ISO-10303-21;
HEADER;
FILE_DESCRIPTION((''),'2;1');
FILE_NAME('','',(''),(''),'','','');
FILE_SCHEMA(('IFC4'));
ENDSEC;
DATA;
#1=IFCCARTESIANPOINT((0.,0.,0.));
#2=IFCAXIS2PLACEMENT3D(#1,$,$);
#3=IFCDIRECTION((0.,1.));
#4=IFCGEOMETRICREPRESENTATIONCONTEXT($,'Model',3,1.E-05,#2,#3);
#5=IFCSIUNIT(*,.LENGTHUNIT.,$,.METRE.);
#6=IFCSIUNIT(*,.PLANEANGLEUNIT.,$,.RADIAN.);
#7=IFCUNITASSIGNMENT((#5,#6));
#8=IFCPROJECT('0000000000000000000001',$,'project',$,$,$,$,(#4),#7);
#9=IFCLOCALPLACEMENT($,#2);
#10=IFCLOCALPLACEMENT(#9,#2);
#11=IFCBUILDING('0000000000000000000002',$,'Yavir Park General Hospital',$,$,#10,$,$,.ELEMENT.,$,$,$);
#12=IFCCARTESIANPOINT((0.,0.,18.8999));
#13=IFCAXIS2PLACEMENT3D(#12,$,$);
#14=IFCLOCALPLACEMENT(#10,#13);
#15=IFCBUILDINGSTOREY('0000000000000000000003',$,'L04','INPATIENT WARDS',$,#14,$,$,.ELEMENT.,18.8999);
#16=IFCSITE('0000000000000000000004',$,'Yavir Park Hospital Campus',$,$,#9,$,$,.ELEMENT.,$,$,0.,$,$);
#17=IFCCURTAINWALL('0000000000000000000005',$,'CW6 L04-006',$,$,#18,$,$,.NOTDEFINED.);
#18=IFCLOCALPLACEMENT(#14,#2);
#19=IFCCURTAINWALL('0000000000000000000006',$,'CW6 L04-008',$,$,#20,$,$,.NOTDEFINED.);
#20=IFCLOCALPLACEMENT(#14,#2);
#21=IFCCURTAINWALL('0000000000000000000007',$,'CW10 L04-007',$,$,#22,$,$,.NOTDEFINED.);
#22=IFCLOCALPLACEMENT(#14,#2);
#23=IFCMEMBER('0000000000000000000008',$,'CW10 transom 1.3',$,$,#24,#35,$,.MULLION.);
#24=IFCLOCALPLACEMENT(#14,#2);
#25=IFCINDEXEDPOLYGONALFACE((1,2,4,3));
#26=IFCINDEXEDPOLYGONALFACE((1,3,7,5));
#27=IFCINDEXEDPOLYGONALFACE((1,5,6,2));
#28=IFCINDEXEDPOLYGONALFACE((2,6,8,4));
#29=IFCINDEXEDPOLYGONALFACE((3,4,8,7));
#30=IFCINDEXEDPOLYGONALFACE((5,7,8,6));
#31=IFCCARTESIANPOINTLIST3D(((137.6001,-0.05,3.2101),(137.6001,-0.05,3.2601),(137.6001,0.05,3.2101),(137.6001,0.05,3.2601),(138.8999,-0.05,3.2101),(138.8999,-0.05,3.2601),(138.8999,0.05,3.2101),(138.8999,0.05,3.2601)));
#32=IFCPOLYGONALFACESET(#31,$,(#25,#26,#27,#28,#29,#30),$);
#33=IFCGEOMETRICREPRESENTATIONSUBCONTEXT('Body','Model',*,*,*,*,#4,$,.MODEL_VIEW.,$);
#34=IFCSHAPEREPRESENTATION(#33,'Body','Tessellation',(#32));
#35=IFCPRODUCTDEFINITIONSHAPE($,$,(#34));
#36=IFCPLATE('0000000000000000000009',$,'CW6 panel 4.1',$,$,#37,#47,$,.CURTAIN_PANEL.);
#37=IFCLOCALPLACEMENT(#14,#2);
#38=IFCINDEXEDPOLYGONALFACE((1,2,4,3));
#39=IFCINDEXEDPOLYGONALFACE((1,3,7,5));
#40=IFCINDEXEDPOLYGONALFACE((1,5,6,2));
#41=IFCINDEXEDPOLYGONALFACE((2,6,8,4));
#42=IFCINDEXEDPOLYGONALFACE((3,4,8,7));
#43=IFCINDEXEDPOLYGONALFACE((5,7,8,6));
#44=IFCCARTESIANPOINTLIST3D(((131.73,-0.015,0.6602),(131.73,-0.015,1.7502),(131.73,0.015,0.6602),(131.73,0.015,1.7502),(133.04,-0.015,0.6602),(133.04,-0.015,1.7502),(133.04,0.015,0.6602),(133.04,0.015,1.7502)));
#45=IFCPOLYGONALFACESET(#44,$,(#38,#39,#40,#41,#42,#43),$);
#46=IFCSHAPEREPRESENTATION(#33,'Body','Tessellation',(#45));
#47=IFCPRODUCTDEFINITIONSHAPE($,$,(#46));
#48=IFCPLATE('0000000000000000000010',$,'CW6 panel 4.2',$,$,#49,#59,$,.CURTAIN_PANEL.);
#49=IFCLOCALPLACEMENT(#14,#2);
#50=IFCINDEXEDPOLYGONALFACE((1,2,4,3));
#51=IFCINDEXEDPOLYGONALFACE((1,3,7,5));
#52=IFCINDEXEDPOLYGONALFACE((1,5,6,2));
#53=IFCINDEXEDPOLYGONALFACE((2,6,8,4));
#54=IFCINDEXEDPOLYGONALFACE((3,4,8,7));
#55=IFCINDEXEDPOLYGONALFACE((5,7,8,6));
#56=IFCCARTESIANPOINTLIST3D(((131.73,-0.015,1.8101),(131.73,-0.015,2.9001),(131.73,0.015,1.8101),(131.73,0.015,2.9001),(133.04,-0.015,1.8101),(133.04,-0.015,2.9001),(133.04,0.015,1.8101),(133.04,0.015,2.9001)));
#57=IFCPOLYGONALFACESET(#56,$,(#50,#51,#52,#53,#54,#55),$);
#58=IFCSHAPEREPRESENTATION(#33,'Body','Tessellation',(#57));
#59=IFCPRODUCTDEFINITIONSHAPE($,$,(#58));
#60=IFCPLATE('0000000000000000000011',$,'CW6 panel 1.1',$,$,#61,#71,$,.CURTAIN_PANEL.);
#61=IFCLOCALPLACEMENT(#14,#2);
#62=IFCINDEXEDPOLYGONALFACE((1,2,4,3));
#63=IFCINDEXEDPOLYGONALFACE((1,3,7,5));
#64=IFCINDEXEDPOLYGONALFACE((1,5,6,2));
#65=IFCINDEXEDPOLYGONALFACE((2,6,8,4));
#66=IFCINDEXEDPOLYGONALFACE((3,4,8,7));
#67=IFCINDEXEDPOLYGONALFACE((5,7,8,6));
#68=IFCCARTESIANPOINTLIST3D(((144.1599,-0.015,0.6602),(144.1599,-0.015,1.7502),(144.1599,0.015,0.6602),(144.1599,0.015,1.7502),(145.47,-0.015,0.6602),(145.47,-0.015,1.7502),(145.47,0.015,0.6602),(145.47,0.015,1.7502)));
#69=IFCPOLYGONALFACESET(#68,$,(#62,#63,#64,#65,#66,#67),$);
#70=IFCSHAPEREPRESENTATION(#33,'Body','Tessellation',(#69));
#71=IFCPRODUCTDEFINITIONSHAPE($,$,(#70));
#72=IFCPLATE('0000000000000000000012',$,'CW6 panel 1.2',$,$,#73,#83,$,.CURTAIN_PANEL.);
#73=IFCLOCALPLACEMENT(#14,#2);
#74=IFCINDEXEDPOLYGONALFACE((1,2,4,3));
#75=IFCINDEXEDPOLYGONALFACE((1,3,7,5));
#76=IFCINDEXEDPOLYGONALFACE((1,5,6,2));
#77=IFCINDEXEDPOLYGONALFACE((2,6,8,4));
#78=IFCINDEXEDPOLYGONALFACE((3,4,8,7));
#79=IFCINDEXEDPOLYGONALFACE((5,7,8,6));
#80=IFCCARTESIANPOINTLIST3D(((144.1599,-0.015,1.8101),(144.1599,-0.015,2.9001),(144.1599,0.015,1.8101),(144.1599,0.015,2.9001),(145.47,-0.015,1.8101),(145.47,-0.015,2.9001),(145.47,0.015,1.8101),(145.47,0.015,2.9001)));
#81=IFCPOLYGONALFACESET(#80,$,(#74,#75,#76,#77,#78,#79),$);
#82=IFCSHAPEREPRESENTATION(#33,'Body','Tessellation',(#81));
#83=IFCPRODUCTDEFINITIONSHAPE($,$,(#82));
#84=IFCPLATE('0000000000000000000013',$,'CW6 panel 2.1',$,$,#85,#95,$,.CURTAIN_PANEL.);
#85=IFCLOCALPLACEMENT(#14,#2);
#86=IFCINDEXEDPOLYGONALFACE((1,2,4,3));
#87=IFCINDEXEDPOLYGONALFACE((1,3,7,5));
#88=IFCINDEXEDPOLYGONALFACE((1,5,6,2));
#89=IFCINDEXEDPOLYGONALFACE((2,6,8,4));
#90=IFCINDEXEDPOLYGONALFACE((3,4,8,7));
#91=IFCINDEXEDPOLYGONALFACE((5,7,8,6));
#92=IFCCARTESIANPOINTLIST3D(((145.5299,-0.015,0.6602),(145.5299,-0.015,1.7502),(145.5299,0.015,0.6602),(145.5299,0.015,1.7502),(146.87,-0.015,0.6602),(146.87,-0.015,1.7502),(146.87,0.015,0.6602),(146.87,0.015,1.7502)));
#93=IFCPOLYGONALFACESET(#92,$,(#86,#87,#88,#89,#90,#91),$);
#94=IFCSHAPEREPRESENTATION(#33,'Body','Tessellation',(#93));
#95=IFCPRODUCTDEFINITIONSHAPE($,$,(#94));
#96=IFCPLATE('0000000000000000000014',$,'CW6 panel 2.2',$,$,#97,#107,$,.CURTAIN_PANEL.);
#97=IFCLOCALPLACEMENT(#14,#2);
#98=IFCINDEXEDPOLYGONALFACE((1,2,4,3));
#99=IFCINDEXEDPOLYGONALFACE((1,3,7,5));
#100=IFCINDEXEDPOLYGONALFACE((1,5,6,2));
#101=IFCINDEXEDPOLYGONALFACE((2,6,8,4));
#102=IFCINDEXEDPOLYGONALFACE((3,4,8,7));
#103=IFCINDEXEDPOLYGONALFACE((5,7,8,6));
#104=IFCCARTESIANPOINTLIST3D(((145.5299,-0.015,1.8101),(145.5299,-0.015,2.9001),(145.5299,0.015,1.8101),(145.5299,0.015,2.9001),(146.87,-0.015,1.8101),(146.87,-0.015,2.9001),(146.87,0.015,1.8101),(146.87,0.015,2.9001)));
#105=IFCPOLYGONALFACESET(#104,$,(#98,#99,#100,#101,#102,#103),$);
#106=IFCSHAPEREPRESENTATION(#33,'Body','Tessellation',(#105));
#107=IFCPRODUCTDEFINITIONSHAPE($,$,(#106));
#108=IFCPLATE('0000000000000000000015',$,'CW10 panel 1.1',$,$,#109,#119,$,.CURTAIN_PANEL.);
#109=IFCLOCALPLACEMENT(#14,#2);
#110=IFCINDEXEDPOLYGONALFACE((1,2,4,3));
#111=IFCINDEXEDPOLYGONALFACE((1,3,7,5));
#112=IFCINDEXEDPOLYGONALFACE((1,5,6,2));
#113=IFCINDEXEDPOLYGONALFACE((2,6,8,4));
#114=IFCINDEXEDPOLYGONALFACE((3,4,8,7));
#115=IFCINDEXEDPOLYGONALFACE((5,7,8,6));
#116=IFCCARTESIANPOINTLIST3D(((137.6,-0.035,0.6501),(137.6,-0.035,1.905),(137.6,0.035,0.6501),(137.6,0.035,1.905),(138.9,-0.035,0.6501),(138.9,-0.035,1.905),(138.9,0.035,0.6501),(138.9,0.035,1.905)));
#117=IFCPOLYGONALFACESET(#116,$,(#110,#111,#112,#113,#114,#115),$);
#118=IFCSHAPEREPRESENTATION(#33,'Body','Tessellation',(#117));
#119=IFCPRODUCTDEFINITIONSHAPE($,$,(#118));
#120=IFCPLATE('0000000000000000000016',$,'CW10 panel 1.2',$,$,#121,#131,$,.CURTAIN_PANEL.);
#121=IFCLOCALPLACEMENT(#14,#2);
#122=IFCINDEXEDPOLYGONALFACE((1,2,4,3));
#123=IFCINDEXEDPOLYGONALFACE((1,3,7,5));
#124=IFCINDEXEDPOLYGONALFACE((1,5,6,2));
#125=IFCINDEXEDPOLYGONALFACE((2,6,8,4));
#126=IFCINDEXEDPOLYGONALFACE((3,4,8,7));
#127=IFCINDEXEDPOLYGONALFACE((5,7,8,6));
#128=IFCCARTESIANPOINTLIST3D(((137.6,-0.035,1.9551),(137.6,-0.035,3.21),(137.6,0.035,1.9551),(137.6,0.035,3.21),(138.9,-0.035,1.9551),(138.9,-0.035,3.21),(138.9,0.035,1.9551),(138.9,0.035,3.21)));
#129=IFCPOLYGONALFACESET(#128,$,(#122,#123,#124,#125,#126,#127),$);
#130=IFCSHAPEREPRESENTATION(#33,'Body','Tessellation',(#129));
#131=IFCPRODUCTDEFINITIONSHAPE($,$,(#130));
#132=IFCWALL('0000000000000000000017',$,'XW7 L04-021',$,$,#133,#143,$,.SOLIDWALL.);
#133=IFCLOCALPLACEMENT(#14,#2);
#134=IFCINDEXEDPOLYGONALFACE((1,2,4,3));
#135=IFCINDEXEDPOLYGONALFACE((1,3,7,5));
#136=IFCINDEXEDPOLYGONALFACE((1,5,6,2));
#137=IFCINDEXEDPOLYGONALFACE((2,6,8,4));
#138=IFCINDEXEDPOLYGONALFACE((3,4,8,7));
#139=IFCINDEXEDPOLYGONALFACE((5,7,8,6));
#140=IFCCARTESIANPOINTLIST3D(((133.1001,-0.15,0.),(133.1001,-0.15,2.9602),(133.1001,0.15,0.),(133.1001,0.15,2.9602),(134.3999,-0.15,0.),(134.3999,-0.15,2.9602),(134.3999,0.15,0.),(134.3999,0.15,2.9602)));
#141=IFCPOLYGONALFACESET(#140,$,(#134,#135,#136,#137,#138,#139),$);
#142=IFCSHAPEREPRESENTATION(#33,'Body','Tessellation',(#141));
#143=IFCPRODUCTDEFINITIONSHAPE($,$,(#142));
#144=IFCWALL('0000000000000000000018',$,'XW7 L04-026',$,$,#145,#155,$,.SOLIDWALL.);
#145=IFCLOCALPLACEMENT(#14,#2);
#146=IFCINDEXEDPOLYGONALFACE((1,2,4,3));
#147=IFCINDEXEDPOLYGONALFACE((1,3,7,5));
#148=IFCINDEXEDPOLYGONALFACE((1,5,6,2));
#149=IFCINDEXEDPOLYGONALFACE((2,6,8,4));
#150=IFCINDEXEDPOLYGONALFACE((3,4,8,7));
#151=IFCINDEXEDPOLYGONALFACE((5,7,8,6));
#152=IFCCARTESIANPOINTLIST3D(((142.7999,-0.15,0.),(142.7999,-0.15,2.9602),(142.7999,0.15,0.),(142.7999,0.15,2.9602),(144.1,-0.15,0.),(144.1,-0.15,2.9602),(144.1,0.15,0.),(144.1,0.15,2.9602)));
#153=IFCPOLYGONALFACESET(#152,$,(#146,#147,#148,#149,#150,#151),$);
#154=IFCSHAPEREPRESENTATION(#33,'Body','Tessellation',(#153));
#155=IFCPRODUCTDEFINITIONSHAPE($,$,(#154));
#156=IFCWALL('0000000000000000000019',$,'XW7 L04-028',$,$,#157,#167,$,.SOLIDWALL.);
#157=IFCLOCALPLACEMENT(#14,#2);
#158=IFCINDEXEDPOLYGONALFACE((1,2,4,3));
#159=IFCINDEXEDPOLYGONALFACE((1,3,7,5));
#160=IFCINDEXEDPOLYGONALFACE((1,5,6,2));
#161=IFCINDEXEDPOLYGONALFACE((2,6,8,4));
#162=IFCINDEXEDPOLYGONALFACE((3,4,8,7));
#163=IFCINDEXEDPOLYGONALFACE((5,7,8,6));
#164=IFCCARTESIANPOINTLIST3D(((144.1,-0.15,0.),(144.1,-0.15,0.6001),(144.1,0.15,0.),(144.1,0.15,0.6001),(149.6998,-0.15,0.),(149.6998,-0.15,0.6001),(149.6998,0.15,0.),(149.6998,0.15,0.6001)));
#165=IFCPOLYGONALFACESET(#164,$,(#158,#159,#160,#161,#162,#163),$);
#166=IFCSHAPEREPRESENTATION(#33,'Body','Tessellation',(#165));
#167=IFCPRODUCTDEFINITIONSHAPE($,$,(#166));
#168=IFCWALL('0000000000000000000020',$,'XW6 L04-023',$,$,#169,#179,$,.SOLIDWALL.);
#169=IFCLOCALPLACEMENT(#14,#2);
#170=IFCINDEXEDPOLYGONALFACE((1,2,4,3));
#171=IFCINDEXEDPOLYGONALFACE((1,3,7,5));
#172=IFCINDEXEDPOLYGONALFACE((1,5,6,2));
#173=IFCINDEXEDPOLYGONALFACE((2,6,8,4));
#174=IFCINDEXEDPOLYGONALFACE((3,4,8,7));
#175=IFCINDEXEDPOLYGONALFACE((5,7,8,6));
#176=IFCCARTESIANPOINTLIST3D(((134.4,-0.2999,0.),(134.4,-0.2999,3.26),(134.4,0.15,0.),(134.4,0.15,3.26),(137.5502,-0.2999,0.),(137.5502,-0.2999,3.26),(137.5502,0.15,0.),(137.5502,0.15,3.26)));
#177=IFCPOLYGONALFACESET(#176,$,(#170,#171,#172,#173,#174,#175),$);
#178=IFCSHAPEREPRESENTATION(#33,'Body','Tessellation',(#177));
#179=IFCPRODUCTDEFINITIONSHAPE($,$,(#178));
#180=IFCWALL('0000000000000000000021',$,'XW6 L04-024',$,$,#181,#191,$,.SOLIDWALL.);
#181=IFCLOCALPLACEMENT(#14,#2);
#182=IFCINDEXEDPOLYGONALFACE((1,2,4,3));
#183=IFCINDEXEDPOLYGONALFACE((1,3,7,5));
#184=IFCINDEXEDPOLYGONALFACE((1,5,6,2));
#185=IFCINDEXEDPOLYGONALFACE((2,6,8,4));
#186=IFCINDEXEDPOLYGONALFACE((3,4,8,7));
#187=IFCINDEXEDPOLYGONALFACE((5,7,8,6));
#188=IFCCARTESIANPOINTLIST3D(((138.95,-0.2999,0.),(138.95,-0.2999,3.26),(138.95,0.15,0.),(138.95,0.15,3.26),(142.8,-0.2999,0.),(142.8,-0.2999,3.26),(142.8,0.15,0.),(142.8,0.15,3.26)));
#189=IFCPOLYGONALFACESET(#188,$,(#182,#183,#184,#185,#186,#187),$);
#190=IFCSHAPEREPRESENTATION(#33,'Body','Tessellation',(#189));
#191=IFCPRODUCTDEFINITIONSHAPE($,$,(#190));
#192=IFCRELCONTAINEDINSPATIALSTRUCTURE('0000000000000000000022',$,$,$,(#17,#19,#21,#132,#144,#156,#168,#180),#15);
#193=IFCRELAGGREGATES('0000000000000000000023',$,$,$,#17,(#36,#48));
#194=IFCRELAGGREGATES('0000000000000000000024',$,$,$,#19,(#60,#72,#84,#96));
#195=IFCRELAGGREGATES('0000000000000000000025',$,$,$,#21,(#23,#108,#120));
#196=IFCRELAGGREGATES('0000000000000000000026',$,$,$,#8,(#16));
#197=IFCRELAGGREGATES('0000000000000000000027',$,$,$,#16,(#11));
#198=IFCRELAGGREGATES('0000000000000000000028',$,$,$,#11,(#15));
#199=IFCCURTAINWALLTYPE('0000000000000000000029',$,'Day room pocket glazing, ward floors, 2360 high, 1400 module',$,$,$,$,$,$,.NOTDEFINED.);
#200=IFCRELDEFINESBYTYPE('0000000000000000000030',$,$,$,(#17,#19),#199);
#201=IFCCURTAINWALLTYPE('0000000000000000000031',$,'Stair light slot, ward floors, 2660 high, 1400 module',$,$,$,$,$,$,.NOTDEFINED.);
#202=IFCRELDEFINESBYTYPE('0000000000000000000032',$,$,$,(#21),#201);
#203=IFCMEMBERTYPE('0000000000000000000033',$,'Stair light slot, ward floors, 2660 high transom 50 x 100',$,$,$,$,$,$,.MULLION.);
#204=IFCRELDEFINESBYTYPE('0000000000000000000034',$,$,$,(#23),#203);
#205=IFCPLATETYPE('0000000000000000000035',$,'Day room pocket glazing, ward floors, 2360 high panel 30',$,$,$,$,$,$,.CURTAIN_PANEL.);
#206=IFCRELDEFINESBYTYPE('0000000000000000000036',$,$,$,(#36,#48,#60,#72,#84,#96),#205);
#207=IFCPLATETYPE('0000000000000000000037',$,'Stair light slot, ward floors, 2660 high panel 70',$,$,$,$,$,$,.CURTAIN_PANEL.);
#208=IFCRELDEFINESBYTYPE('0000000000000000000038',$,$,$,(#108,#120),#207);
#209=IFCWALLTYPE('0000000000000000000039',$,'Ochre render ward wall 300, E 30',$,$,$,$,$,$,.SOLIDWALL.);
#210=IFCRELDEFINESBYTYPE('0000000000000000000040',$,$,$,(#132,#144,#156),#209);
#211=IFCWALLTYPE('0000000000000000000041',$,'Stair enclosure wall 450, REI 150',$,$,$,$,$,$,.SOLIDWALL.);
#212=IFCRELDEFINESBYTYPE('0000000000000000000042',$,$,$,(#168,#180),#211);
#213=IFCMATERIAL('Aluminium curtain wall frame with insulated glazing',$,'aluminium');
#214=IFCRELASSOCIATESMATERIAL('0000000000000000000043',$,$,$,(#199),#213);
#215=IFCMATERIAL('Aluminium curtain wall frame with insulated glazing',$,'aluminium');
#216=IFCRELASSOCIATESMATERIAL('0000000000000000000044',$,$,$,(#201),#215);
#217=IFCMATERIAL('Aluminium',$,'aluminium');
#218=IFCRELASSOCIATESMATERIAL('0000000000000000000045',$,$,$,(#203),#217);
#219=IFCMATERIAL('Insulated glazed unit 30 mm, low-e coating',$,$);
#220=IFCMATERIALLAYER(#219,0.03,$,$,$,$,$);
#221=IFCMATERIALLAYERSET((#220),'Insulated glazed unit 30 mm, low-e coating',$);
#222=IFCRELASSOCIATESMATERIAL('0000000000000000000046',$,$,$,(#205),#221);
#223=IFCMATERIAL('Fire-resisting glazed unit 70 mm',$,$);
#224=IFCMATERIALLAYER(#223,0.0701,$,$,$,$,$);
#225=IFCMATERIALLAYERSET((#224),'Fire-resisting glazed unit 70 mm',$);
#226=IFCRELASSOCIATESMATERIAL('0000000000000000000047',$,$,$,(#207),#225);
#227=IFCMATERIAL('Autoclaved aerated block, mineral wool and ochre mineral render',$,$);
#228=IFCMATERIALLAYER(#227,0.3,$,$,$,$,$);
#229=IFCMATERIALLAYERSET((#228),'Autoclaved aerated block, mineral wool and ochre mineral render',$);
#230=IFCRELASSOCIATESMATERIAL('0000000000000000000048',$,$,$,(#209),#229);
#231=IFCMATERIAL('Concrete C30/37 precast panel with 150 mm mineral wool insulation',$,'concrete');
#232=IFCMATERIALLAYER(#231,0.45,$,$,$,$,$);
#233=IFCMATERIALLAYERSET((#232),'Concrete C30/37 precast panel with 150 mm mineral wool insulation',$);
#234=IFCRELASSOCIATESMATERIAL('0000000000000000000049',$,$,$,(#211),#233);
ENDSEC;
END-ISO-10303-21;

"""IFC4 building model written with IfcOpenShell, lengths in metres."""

from ifc_helpers import new_model, si_unit, direction, frame, frame_2d, origin, origin_2d, place, context, subcontext, project, spatial, rectangle, extrude, material, layer, layer_set, material_profile, profile_set, type_object, element, aggregate, save


model = new_model("IFC4")

# Units and contexts
model_context = context("Model", 3, precision=1e-05, world=origin(), true_north=direction((0.0, 1.0)))
body_context = subcontext(model_context, "Body", "Model", "MODEL_VIEW")
ifc_project = project(units=[si_unit("LENGTHUNIT", "METRE"), si_unit("PLANEANGLEUNIT", "RADIAN")], contexts=[model_context])

# Site, building, storey
site_placement = place(None, origin())
site = spatial("IfcSite", under=ifc_project, at=site_placement, Name="Yavir Park Hospital Campus", CompositionType="ELEMENT", RefElevation=0.0)
building_placement = place(site_placement, origin())
building = spatial("IfcBuilding", under=site, at=building_placement, Name="Yavir Park General Hospital", CompositionType="ELEMENT")
storey_placement = place(building_placement, frame((0.0, 0.0, 18.8999)))
storey = spatial("IfcBuildingStorey", under=building, at=storey_placement, Name="L04", Description="INPATIENT WARDS", CompositionType="ELEMENT", Elevation=18.8999)

# Curtain wall
ifc_material_1 = material(Name="Aluminium curtain wall frame with insulated glazing", Category="aluminium")
curtain_wall_type_1 = type_object("IfcCurtainWallType", Name="Day room pocket glazing, ward floors, 2360 high, 1400 module", PredefinedType="NOTDEFINED", material=ifc_material_1)
curtain_wall_1_placement = place(storey_placement, origin())
curtain_wall_1 = element("IfcCurtainWall", 1, at=curtain_wall_1_placement, inside=storey, type_object=curtain_wall_type_1, Name="CW6 L04-006", PredefinedType="NOTDEFINED")

# Curtain wall
curtain_wall_2_placement = place(storey_placement, origin())
curtain_wall_2 = element("IfcCurtainWall", 2, at=curtain_wall_2_placement, inside=storey, type_object=curtain_wall_type_1, Name="CW6 L04-008", PredefinedType="NOTDEFINED")

# Curtain wall, member
ifc_material_2 = material(Name="Aluminium curtain wall frame with insulated glazing", Category="aluminium")
curtain_wall_type_2 = type_object("IfcCurtainWallType", Name="Stair light slot, ward floors, 2660 high, 1400 module", PredefinedType="NOTDEFINED", material=ifc_material_2)
curtain_wall_3_placement = place(storey_placement, origin())
curtain_wall_3 = element("IfcCurtainWall", 3, at=curtain_wall_3_placement, inside=storey, type_object=curtain_wall_type_2, Name="CW10 L04-007", PredefinedType="NOTDEFINED")
ifc_material_3 = material(Name="Aluminium", Category="aluminium")
ifc_material_profile_1 = material_profile(ifc_material_3, rectangle(XDim=0.1001, YDim=0.05, at=origin_2d()), Name="AL 100x50")
ifc_profile_set_1 = profile_set([ifc_material_profile_1], Name="Aluminium")
member_type_1 = type_object("IfcMemberType", Name="Stair light slot, ward floors, 2660 high transom 50 x 100", PredefinedType="MULLION", material=ifc_profile_set_1)
member_1_placement = place(storey_placement, frame((137.6001, 0.0, 3.2351), z_axis=(1.0, 0.0, 0.0), x_axis=(0.0, 1.0, 0.0)))
member_1 = element("IfcMember", 4, at=member_1_placement, type_object=member_type_1, Name="CW10 transom 1.3", PredefinedType="MULLION", context=body_context, shape_type="SweptSolid", body=[
    extrude(rectangle(XDim=0.1001, YDim=0.05, at=origin_2d()), origin(), (0.0, 0.0, 1.0), 1.2998),
])

# Plates
ifc_material_4 = material(Name="Insulated glazed unit 30 mm, low-e coating")
ifc_layer_1 = layer(ifc_material_4, 0.03)
ifc_layer_set_1 = layer_set([ifc_layer_1], Name="Insulated glazed unit 30 mm, low-e coating")
plate_type_1 = type_object("IfcPlateType", Name="Day room pocket glazing, ward floors, 2360 high panel 30", PredefinedType="CURTAIN_PANEL", material=ifc_layer_set_1)
plate_1_placement = place(storey_placement, frame((132.385, 0.0, 0.6602), z_axis=(0.0, 0.0, 1.0), x_axis=(1.0, 0.0, 0.0)))
plate_1 = element("IfcPlate", 5, at=plate_1_placement, type_object=plate_type_1, Name="CW6 panel 4.1", PredefinedType="CURTAIN_PANEL", context=body_context, shape_type="SweptSolid", body=[
    extrude(rectangle(XDim=1.3101, YDim=0.03, at=origin_2d()), origin(), (0.0, 0.0, 1.0), 1.0901),
])
plate_2_placement = place(storey_placement, frame((132.385, 0.0, 1.8101), z_axis=(0.0, 0.0, 1.0), x_axis=(1.0, 0.0, 0.0)))
plate_2 = element("IfcPlate", 6, at=plate_2_placement, type_object=plate_type_1, Name="CW6 panel 4.2", PredefinedType="CURTAIN_PANEL", context=body_context, shape_type="SweptSolid", body=[
    extrude(rectangle(XDim=1.3101, YDim=0.03, at=origin_2d()), origin(), (0.0, 0.0, 1.0), 1.0901),
])
aggregate(curtain_wall_1, [plate_1, plate_2])
plate_3_placement = place(storey_placement, frame((144.8149, 0.0, 0.6602), z_axis=(0.0, 0.0, 1.0), x_axis=(1.0, 0.0, 0.0)))
plate_3 = element("IfcPlate", 7, at=plate_3_placement, type_object=plate_type_1, Name="CW6 panel 1.1", PredefinedType="CURTAIN_PANEL", context=body_context, shape_type="SweptSolid", body=[
    extrude(rectangle(XDim=1.3101, YDim=0.03, at=origin_2d()), origin(), (0.0, 0.0, 1.0), 1.0901),
])
plate_4_placement = place(storey_placement, frame((144.8149, 0.0, 1.8101), z_axis=(0.0, 0.0, 1.0), x_axis=(1.0, 0.0, 0.0)))
plate_4 = element("IfcPlate", 8, at=plate_4_placement, type_object=plate_type_1, Name="CW6 panel 1.2", PredefinedType="CURTAIN_PANEL", context=body_context, shape_type="SweptSolid", body=[
    extrude(rectangle(XDim=1.3101, YDim=0.03, at=origin_2d()), origin(), (0.0, 0.0, 1.0), 1.0901),
])
plate_5_placement = place(storey_placement, frame((146.2, 0.0, 0.6602), z_axis=(0.0, 0.0, 1.0), x_axis=(1.0, 0.0, 0.0)))
plate_5 = element("IfcPlate", 9, at=plate_5_placement, type_object=plate_type_1, Name="CW6 panel 2.1", PredefinedType="CURTAIN_PANEL", context=body_context, shape_type="SweptSolid", body=[
    extrude(rectangle(XDim=1.3401, YDim=0.03, at=origin_2d()), origin(), (0.0, 0.0, 1.0), 1.0901),
])
plate_6_placement = place(storey_placement, frame((146.2, 0.0, 1.8101), z_axis=(0.0, 0.0, 1.0), x_axis=(1.0, 0.0, 0.0)))
plate_6 = element("IfcPlate", 10, at=plate_6_placement, type_object=plate_type_1, Name="CW6 panel 2.2", PredefinedType="CURTAIN_PANEL", context=body_context, shape_type="SweptSolid", body=[
    extrude(rectangle(XDim=1.3401, YDim=0.03, at=origin_2d()), origin(), (0.0, 0.0, 1.0), 1.0901),
])
aggregate(curtain_wall_2, [plate_3, plate_4, plate_5, plate_6])
ifc_material_5 = material(Name="Fire-resisting glazed unit 70 mm")
ifc_layer_2 = layer(ifc_material_5, 0.0701)
ifc_layer_set_2 = layer_set([ifc_layer_2], Name="Fire-resisting glazed unit 70 mm")
plate_type_2 = type_object("IfcPlateType", Name="Stair light slot, ward floors, 2660 high panel 70", PredefinedType="CURTAIN_PANEL", material=ifc_layer_set_2)
plate_7_placement = place(storey_placement, frame((138.25, 0.0, 0.6501), z_axis=(0.0, 0.0, 1.0), x_axis=(1.0, 0.0, 0.0)))
plate_7 = element("IfcPlate", 11, at=plate_7_placement, type_object=plate_type_2, Name="CW10 panel 1.1", PredefinedType="CURTAIN_PANEL", context=body_context, shape_type="SweptSolid", body=[
    extrude(rectangle(XDim=1.3, YDim=0.0701, at=origin_2d()), origin(), (0.0, 0.0, 1.0), 1.2549),
])
plate_8_placement = place(storey_placement, frame((138.25, 0.0, 1.9551), z_axis=(0.0, 0.0, 1.0), x_axis=(1.0, 0.0, 0.0)))
plate_8 = element("IfcPlate", 12, at=plate_8_placement, type_object=plate_type_2, Name="CW10 panel 1.2", PredefinedType="CURTAIN_PANEL", context=body_context, shape_type="SweptSolid", body=[
    extrude(rectangle(XDim=1.3, YDim=0.0701, at=origin_2d()), origin(), (0.0, 0.0, 1.0), 1.2549),
])
aggregate(curtain_wall_3, [member_1, plate_7, plate_8])

# Walls
ifc_material_6 = material(Name="Autoclaved aerated block, mineral wool and ochre mineral render")
ifc_layer_3 = layer(ifc_material_6, 0.3)
ifc_layer_set_3 = layer_set([ifc_layer_3], Name="Autoclaved aerated block, mineral wool and ochre mineral render")
wall_type_1 = type_object("IfcWallType", Name="Ochre render ward wall 300, E 30", PredefinedType="SOLIDWALL", material=ifc_layer_set_3)
wall_1_placement = place(storey_placement, frame((133.1001, 0.0, 0.0), z_axis=(0.0, 0.0, 1.0), x_axis=(1.0, 0.0, 0.0)))
element("IfcWall", 13, at=wall_1_placement, inside=storey, type_object=wall_type_1, Name="XW7 L04-021", PredefinedType="SOLIDWALL", context=body_context, shape_type="SweptSolid", body=[
    extrude(rectangle(XDim=1.2998, YDim=0.3, at=frame_2d((0.6499, 0.0))), origin(), (0.0, 0.0, 1.0), 2.9602),
])
wall_2_placement = place(storey_placement, frame((142.8, 0.0, 0.0), z_axis=(0.0, 0.0, 1.0), x_axis=(1.0, 0.0, 0.0)))
element("IfcWall", 14, at=wall_2_placement, inside=storey, type_object=wall_type_1, Name="XW7 L04-026", PredefinedType="SOLIDWALL", context=body_context, shape_type="SweptSolid", body=[
    extrude(rectangle(XDim=1.3, YDim=0.3, at=frame_2d((0.6499, 0.0))), origin(), (0.0, 0.0, 1.0), 2.9602),
])
wall_3_placement = place(storey_placement, frame((144.1001, 0.0, 0.0), z_axis=(0.0, 0.0, 1.0), x_axis=(1.0, 0.0, 0.0)))
element("IfcWall", 15, at=wall_3_placement, inside=storey, type_object=wall_type_1, Name="XW7 L04-028", PredefinedType="SOLIDWALL", context=body_context, shape_type="SweptSolid", body=[
    extrude(rectangle(XDim=5.5999, YDim=0.3, at=frame_2d((2.7998, 0.0))), origin(), (0.0, 0.0, 1.0), 0.6001),
])
ifc_material_7 = material(Name="Concrete C30/37 precast panel with 150 mm mineral wool insulation", Category="concrete")
ifc_layer_4 = layer(ifc_material_7, 0.45)
ifc_layer_set_4 = layer_set([ifc_layer_4], Name="Concrete C30/37 precast panel with 150 mm mineral wool insulation")
wall_type_2 = type_object("IfcWallType", Name="Stair enclosure wall 450, REI 150", PredefinedType="SOLIDWALL", material=ifc_layer_set_4)
wall_4_placement = place(storey_placement, frame((134.3999, -0.075, 0.0), z_axis=(0.0, 0.0, 1.0), x_axis=(1.0, 0.0, 0.0)))
element("IfcWall", 16, at=wall_4_placement, inside=storey, type_object=wall_type_2, Name="XW6 L04-023", PredefinedType="SOLIDWALL", context=body_context, shape_type="SweptSolid", body=[
    extrude(rectangle(XDim=3.1501, YDim=0.45, at=frame_2d((1.5752, 0.0))), origin(), (0.0, 0.0, 1.0), 3.26),
])
wall_5_placement = place(storey_placement, frame((138.95, -0.075, 0.0), z_axis=(0.0, 0.0, 1.0), x_axis=(1.0, 0.0, 0.0)))
element("IfcWall", 17, at=wall_5_placement, inside=storey, type_object=wall_type_2, Name="XW6 L04-024", PredefinedType="SOLIDWALL", context=body_context, shape_type="SweptSolid", body=[
    extrude(rectangle(XDim=3.8501, YDim=0.45, at=frame_2d((1.925, 0.0))), origin(), (0.0, 0.0, 1.0), 3.26),
])

save(model, "model.ifc")
